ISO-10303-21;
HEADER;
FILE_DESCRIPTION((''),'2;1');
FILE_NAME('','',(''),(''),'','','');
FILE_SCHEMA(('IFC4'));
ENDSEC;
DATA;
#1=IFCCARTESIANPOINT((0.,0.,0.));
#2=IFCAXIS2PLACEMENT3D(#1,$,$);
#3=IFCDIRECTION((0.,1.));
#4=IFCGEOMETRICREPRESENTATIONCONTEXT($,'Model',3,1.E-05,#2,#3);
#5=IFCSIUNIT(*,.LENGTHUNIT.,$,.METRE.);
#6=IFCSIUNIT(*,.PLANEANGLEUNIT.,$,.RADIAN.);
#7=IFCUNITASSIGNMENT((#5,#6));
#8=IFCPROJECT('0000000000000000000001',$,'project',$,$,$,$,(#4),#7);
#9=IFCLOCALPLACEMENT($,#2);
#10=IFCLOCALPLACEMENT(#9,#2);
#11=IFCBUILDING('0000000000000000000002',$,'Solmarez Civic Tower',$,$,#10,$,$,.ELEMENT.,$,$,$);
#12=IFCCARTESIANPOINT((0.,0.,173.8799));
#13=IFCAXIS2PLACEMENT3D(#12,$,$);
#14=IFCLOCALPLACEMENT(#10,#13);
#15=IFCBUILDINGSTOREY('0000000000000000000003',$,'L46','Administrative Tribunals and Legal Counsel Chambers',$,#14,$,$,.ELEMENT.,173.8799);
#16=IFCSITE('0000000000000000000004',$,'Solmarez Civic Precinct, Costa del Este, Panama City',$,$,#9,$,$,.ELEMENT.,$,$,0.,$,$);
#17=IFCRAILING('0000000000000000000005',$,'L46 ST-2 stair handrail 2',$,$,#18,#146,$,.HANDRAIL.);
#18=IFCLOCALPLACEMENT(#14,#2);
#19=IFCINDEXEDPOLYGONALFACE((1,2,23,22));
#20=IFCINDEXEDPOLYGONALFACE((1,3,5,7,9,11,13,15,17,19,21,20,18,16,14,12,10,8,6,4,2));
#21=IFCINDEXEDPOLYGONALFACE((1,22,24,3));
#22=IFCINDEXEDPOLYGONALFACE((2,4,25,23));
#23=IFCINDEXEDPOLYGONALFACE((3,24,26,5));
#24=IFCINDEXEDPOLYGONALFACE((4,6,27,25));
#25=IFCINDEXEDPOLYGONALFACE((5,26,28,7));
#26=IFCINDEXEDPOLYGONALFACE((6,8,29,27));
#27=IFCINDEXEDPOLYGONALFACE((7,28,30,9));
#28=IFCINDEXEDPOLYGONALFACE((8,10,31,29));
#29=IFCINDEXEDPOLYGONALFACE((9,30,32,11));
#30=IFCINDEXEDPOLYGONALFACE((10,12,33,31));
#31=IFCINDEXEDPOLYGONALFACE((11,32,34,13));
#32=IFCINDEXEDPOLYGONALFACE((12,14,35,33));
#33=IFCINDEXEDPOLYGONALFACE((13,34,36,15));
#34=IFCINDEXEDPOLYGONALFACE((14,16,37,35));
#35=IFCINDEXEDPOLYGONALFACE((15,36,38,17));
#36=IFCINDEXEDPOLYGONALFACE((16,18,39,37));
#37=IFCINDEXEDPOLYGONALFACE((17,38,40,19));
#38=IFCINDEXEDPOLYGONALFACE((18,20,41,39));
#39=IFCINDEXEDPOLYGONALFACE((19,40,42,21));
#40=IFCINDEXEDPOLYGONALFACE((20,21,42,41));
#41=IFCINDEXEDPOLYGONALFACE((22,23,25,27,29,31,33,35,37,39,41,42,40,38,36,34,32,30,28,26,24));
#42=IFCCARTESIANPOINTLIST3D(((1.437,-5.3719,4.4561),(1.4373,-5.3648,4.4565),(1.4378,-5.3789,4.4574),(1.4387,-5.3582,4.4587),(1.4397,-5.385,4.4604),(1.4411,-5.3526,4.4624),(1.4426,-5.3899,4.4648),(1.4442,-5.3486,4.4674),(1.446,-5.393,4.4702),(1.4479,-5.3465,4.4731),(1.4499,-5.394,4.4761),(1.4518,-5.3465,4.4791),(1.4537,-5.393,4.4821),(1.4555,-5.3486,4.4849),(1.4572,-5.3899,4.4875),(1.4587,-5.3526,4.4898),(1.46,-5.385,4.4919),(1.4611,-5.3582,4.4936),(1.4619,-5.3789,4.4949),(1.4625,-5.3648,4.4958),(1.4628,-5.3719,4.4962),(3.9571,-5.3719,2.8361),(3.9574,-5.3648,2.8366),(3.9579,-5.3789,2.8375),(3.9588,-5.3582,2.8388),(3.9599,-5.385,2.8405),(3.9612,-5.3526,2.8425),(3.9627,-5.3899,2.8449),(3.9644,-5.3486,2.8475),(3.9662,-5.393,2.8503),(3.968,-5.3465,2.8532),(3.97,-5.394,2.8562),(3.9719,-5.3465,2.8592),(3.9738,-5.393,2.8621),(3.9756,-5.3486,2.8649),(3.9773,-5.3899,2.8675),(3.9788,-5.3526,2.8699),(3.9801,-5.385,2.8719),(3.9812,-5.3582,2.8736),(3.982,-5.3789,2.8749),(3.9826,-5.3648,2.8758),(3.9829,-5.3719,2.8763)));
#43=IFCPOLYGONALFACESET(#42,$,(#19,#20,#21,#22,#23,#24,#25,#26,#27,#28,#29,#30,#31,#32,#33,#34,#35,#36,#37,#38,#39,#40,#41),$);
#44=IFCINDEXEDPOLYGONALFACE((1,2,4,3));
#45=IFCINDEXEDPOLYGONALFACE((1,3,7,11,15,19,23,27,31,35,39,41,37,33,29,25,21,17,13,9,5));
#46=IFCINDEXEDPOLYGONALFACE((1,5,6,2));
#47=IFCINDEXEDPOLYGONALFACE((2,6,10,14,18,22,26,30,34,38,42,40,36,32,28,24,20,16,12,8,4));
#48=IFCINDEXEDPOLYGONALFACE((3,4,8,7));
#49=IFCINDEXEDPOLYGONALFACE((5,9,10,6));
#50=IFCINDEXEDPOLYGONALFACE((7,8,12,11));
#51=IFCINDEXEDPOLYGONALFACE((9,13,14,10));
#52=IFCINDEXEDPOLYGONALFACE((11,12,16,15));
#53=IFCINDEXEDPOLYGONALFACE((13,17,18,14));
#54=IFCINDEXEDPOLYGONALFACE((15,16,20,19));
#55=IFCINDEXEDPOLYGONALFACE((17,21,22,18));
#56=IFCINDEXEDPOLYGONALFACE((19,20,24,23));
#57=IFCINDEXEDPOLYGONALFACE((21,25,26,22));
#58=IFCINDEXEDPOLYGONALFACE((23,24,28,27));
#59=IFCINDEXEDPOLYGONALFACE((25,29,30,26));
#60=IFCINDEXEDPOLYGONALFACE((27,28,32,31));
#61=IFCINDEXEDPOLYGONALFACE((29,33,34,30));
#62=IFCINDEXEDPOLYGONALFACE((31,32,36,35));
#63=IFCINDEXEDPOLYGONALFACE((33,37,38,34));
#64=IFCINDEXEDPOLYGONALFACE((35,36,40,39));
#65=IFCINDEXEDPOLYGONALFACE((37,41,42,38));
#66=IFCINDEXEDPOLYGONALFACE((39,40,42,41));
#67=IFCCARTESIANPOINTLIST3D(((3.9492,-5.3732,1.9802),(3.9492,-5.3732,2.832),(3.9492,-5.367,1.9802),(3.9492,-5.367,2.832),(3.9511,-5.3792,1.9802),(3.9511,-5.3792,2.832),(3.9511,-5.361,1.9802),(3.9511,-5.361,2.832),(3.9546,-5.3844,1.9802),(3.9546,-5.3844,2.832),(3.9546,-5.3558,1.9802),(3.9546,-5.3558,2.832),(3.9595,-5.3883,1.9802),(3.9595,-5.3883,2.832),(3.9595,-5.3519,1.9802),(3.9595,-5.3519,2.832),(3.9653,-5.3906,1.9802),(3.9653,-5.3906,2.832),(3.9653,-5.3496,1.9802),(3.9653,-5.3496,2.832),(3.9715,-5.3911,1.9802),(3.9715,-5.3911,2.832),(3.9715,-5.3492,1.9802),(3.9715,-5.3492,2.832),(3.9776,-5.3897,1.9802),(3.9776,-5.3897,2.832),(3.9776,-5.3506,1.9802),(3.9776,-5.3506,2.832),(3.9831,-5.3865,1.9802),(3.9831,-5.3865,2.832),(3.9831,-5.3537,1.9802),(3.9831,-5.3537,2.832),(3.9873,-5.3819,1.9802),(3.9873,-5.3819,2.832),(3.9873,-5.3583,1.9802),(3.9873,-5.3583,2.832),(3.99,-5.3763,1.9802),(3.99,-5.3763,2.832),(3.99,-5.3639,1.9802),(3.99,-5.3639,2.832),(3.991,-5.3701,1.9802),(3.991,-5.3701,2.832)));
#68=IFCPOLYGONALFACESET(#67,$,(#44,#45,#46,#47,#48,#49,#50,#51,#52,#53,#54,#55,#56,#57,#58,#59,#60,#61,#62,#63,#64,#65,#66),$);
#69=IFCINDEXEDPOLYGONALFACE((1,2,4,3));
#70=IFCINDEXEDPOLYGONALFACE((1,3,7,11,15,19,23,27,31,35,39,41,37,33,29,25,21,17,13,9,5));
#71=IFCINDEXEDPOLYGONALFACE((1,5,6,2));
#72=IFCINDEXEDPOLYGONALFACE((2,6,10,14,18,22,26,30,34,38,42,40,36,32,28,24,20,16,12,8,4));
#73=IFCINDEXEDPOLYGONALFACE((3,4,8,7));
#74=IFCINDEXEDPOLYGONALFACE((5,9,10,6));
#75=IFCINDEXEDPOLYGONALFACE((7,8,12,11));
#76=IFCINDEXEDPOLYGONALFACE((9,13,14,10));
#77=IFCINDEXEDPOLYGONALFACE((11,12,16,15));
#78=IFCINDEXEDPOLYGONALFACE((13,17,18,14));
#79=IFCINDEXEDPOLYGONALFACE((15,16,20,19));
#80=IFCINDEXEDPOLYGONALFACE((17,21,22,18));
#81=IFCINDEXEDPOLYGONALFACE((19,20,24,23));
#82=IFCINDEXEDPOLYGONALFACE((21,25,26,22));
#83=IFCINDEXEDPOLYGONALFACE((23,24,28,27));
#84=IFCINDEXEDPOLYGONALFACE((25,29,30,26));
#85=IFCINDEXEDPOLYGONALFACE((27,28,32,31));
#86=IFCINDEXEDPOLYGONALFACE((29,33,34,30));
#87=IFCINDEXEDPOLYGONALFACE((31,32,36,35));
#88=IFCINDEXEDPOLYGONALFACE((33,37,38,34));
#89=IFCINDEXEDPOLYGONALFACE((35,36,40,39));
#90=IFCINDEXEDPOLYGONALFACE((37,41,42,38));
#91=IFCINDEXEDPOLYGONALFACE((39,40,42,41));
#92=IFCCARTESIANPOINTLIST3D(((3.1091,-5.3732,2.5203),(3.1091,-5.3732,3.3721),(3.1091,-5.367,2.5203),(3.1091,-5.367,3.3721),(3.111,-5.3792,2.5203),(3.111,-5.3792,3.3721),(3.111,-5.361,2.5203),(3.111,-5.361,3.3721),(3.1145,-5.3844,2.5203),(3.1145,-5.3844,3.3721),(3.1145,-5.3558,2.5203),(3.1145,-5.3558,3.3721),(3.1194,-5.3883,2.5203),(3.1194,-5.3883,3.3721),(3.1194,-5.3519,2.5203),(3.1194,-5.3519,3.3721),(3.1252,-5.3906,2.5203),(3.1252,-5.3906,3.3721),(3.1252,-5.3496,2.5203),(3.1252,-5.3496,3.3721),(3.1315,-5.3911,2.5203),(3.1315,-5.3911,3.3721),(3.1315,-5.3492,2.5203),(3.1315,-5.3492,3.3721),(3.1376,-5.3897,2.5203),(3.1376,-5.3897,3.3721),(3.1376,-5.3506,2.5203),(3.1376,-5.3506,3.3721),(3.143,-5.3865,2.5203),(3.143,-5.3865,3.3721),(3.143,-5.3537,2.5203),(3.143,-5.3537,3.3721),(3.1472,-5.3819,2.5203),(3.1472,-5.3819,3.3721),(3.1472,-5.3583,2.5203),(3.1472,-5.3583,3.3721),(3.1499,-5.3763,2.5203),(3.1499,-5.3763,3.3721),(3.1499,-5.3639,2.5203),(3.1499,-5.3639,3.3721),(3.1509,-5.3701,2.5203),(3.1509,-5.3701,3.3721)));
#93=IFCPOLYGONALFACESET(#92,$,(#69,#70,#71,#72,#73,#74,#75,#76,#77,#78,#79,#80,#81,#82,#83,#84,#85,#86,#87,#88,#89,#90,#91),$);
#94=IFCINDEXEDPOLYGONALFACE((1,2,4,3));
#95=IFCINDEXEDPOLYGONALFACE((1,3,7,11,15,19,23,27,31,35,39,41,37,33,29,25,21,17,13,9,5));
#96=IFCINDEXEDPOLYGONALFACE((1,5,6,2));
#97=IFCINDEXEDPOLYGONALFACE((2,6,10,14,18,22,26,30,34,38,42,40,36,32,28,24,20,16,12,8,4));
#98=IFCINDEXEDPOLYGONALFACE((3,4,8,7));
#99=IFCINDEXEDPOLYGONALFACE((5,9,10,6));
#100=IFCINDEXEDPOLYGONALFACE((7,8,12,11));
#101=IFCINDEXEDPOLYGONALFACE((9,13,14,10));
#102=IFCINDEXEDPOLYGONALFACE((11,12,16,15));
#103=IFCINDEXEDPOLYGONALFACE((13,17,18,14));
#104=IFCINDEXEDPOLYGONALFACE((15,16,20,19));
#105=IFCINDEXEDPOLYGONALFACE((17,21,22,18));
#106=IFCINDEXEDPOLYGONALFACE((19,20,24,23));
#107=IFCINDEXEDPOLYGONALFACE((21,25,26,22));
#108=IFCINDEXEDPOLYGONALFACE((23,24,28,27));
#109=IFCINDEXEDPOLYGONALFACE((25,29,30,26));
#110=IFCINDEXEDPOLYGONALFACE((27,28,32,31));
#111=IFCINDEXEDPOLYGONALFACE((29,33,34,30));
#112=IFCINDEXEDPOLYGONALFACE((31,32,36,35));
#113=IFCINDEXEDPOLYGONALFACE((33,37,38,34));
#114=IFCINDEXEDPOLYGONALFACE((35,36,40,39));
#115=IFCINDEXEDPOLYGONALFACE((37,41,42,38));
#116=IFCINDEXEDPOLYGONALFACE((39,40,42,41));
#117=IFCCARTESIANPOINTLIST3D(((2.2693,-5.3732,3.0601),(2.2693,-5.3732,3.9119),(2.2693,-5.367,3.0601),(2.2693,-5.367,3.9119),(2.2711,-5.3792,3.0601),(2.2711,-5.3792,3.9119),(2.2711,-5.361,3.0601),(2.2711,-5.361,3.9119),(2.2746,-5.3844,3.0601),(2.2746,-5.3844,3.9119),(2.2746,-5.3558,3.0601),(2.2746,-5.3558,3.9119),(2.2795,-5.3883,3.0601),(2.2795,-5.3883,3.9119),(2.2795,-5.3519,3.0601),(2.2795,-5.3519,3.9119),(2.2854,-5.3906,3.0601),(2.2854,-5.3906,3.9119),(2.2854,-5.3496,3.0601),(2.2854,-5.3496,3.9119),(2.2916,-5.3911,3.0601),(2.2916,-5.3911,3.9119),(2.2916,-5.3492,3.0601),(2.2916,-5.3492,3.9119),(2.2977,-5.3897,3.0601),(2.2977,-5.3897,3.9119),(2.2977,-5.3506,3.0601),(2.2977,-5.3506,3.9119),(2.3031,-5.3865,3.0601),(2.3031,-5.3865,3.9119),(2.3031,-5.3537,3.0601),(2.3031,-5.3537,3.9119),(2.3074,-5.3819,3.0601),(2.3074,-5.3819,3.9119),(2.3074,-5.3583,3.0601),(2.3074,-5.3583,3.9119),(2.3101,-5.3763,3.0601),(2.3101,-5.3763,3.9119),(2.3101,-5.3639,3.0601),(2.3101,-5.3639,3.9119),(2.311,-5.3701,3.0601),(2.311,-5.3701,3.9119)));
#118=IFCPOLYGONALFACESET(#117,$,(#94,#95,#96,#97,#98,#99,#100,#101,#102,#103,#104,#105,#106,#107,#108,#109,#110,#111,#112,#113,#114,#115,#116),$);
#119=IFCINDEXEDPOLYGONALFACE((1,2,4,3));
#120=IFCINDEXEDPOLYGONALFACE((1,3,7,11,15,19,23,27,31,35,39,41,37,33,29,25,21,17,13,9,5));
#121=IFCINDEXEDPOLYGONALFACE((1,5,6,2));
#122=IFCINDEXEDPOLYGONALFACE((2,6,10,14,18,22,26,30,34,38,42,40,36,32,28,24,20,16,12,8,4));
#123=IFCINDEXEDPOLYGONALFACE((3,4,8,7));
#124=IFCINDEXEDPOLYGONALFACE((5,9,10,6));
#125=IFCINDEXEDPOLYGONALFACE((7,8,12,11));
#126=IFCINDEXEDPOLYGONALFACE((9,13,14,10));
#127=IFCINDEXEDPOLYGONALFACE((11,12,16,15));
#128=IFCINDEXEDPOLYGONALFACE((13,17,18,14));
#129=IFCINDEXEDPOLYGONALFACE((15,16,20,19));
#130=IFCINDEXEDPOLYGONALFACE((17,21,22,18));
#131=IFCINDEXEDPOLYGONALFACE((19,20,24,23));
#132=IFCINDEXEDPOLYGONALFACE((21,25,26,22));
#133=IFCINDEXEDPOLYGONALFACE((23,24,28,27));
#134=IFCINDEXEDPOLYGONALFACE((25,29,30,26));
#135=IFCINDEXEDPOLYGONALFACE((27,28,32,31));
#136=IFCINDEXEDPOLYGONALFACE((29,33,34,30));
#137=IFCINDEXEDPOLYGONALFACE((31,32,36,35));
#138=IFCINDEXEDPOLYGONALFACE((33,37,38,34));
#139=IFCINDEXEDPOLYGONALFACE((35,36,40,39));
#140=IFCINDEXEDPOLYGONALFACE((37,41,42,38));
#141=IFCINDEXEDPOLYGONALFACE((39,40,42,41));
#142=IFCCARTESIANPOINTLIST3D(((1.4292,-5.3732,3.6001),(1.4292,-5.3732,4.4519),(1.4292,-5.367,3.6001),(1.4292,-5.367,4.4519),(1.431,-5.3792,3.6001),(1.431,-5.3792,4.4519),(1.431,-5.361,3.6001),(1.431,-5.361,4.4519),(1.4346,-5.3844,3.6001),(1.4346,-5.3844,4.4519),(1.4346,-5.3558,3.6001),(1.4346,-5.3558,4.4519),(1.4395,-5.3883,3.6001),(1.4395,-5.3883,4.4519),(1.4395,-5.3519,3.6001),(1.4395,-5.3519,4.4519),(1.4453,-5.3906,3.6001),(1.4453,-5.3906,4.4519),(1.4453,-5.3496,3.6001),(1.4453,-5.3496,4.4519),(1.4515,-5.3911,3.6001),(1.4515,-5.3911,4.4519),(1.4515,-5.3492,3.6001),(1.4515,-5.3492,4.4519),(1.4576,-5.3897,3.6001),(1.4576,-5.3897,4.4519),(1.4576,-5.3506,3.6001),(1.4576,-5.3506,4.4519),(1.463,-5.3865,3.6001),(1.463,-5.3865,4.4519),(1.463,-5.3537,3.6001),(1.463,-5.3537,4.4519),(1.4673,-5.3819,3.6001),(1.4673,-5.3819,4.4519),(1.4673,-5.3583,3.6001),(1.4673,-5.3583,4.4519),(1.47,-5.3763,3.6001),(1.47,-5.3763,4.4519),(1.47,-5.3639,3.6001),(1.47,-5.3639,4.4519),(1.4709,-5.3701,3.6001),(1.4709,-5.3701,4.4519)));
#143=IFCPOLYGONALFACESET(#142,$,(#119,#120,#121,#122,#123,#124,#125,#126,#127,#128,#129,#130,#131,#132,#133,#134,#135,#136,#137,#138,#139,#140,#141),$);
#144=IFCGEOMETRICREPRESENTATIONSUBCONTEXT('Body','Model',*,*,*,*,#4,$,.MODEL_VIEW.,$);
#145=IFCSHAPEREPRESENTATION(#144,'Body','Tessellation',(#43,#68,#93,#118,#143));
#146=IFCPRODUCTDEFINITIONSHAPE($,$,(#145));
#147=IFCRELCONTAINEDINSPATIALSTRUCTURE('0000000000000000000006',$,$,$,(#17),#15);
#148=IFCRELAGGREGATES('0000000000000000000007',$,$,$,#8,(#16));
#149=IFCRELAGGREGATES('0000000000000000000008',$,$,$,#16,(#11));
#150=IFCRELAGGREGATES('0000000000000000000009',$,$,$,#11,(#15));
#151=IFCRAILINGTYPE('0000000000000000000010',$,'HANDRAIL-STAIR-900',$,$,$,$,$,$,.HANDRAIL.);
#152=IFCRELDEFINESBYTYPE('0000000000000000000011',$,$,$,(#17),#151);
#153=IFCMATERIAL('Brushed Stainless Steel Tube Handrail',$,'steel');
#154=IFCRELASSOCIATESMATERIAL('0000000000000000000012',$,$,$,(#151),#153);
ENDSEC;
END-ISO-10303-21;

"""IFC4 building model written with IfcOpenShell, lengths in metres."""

from ifc_helpers import new_model, si_unit, direction, frame, origin, origin_2d, place, context, subcontext, project, spatial, circle, extrude, material, type_object, element, save


model = new_model("IFC4")

# Units and contexts
model_context = context("Model", 3, precision=1e-05, world=origin(), true_north=direction((0.0, 1.0)))
body_context = subcontext(model_context, "Body", "Model", "MODEL_VIEW")
ifc_project = project(units=[si_unit("LENGTHUNIT", "METRE"), si_unit("PLANEANGLEUNIT", "RADIAN")], contexts=[model_context])

# Site, building, storey
site_placement = place(None, origin())
site = spatial("IfcSite", under=ifc_project, at=site_placement, Name="Solmarez Civic Precinct, Costa del Este, Panama City", CompositionType="ELEMENT", RefElevation=0.0)
building_placement = place(site_placement, origin())
building = spatial("IfcBuilding", under=site, at=building_placement, Name="Solmarez Civic Tower", CompositionType="ELEMENT")
storey_placement = place(building_placement, frame((0.0, 0.0, 173.8799)))
storey = spatial("IfcBuildingStorey", under=building, at=storey_placement, Name="L46", Description="Administrative Tribunals and Legal Counsel Chambers", CompositionType="ELEMENT", Elevation=173.8799)

# Railing
ifc_material_1 = material(Name="Brushed Stainless Steel Tube Handrail", Category="steel")
railing_type_1 = type_object("IfcRailingType", Name="HANDRAIL-STAIR-900", PredefinedType="HANDRAIL", material=ifc_material_1)
railing_1_placement = place(storey_placement, frame((3.97, -5.3701, 1.9802)))
element("IfcRailing", 1, at=railing_1_placement, inside=storey, type_object=railing_type_1, Name="L46 ST-2 stair handrail 2", PredefinedType="HANDRAIL", context=body_context, shape_type="SweptSolid", body=[
    extrude(circle(Radius=0.0239, at=origin_2d()), frame((0.0, 0.0, 0.876), z_axis=(-0.8412, 0.0, 0.540725), x_axis=(0.0, -1.0, 0.0)), (0.0, 0.0, 1.0), 2.9958),
    extrude(circle(Radius=0.021, at=origin_2d()), origin(), (0.0, 0.0, 1.0), 0.8518),
    extrude(circle(Radius=0.021, at=origin_2d()), frame((-0.8401, 0.0, 0.54)), (0.0, 0.0, 1.0), 0.8518),
    extrude(circle(Radius=0.021, at=origin_2d()), frame((-1.6799, 0.0, 1.0798)), (0.0, 0.0, 1.0), 0.8518),
    extrude(circle(Radius=0.021, at=origin_2d()), frame((-2.52, 0.0, 1.6199)), (0.0, 0.0, 1.0), 0.8518),
])

save(model, "model.ifc")
